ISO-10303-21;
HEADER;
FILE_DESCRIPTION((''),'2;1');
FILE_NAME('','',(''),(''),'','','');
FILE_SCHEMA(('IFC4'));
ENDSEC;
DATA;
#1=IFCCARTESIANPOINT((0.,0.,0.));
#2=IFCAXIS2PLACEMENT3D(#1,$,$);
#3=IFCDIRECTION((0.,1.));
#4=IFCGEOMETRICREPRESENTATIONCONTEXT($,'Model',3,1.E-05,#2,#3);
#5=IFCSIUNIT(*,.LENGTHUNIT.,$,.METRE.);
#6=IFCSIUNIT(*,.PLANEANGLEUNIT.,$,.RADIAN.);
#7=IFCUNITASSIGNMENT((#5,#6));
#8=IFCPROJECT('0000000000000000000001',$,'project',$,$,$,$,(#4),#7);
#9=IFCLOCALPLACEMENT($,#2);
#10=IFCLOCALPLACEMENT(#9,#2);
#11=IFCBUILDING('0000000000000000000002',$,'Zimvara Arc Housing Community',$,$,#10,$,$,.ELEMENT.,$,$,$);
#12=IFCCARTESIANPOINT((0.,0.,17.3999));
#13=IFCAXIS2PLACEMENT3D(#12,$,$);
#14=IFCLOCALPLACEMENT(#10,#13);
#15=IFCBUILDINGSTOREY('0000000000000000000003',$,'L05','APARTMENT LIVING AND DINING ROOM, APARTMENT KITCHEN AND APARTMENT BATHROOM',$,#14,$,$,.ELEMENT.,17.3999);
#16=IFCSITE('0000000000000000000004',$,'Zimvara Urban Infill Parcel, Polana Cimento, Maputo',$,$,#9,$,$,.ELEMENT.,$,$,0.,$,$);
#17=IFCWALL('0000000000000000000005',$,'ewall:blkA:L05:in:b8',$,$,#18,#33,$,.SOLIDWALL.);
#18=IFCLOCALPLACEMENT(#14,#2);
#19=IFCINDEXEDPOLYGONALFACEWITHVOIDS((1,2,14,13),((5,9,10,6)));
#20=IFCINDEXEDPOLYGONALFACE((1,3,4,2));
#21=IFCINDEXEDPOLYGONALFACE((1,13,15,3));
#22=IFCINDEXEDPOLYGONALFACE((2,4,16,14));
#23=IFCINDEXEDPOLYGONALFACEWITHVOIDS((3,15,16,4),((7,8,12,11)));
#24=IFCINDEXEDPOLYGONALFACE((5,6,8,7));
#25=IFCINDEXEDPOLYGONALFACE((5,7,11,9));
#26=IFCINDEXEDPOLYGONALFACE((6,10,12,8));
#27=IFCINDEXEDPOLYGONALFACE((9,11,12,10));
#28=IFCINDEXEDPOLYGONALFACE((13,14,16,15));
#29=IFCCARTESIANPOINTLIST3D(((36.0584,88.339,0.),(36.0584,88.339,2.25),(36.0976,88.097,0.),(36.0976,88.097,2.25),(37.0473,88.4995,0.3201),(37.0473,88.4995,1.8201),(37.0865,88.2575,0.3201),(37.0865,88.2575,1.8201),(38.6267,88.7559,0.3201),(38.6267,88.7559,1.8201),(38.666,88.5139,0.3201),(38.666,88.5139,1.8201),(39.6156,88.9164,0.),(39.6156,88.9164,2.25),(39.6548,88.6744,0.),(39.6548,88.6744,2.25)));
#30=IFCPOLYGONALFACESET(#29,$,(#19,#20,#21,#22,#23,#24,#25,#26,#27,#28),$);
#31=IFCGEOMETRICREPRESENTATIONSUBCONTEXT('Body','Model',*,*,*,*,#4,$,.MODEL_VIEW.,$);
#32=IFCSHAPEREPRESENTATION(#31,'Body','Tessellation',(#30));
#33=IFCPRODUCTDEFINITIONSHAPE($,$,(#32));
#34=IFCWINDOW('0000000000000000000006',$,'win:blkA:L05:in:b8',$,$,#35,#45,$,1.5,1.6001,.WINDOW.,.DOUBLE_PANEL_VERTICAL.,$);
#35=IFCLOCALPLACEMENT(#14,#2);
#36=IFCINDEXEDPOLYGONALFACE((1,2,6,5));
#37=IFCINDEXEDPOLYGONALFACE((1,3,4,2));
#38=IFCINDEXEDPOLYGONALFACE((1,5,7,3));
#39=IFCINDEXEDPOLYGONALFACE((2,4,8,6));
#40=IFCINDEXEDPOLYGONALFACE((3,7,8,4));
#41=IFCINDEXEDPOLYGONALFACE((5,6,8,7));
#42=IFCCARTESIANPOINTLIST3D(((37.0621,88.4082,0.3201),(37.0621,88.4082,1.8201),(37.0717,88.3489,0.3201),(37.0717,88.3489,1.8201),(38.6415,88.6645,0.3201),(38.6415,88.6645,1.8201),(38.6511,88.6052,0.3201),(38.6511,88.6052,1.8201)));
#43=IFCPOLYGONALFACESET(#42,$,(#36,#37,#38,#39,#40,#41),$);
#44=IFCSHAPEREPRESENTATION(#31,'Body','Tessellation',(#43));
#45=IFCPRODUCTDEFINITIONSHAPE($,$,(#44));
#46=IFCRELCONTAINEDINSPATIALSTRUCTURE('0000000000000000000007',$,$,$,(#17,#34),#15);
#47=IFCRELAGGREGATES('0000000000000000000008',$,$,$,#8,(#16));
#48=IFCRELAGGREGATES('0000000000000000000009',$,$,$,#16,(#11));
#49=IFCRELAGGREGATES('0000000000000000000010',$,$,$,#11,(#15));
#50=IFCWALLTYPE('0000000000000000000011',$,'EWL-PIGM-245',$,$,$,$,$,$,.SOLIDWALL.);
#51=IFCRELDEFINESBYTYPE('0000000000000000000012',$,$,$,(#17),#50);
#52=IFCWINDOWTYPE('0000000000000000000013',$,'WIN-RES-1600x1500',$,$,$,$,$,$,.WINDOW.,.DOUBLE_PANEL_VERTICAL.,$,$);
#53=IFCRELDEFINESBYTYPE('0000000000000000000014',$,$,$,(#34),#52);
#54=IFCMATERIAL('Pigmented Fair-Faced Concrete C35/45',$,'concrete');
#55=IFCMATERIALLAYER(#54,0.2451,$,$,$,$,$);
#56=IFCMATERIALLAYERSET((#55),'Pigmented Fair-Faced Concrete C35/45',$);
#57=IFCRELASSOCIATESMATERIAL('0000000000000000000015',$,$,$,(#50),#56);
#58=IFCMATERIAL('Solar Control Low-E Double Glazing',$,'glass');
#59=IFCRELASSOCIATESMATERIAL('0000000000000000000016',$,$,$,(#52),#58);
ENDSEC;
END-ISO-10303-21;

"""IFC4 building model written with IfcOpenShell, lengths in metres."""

from ifc_helpers import new_model, si_unit, direction, frame, frame_2d, origin, place, context, subcontext, project, spatial, rectangle, extrude, material, layer, layer_set, type_object, element, fill, save


model = new_model("IFC4")

# Units and contexts
model_context = context("Model", 3, precision=1e-05, world=origin(), true_north=direction((0.0, 1.0)))
body_context = subcontext(model_context, "Body", "Model", "MODEL_VIEW")
ifc_project = project(units=[si_unit("LENGTHUNIT", "METRE"), si_unit("PLANEANGLEUNIT", "RADIAN")], contexts=[model_context])

# Site, building, storey
site_placement = place(None, origin())
site = spatial("IfcSite", under=ifc_project, at=site_placement, Name="Zimvara Urban Infill Parcel, Polana Cimento, Maputo", CompositionType="ELEMENT", RefElevation=0.0)
building_placement = place(site_placement, origin())
building = spatial("IfcBuilding", under=site, at=building_placement, Name="Zimvara Arc Housing Community", CompositionType="ELEMENT")
storey_placement = place(building_placement, frame((0.0, 0.0, 17.3999)))
storey = spatial("IfcBuildingStorey", under=building, at=storey_placement, Name="L05", Description="APARTMENT LIVING AND DINING ROOM, APARTMENT KITCHEN AND APARTMENT BATHROOM", CompositionType="ELEMENT", Elevation=17.3999)

# Wall, opening, window
ifc_material_1 = material(Name="Pigmented Fair-Faced Concrete C35/45", Category="concrete")
ifc_layer_1 = layer(ifc_material_1, 0.2451)
ifc_layer_set_1 = layer_set([ifc_layer_1], Name="Pigmented Fair-Faced Concrete C35/45")
wall_type = type_object("IfcWallType", Name="EWL-PIGM-245", PredefinedType="SOLIDWALL", material=ifc_layer_set_1)
wall_placement = place(storey_placement, frame((36.0781, 88.218, 0.0), z_axis=(0.0, 0.0, 1.0), x_axis=(0.987081, 0.160223, 0.0)))
wall = element("IfcWall", 1, at=wall_placement, inside=storey, type_object=wall_type, Name="ewall:blkA:L05:in:b8", PredefinedType="SOLIDWALL", context=body_context, shape_type="SweptSolid", body=[
    extrude(rectangle(XDim=3.6038, YDim=0.2451, at=frame_2d((1.8018, 0.0))), origin(), (0.0, 0.0, 1.0), 2.25),
])
opening_placement = place(wall_placement, frame((1.0017, 0.0, 0.3201)))
opening = element("IfcOpeningElement", 2, at=opening_placement, cuts=wall, PredefinedType="OPENING", context=body_context, shape_type="SweptSolid", body=[
    extrude(rectangle(XDim=1.6001, YDim=1.5, at=frame_2d((0.8, 0.75))), frame((0.0, 0.1326, 0.0), z_axis=(0.0, -1.0, 0.0), x_axis=(1.0, 0.0, 0.0)), (0.0, 0.0, 1.0), 0.2651),
])
ifc_material_2 = material(Name="Solar Control Low-E Double Glazing", Category="glass")
window_type = type_object("IfcWindowType", Name="WIN-RES-1600x1500", PartitioningType="DOUBLE_PANEL_VERTICAL", PredefinedType="WINDOW", material=ifc_material_2)
window_placement = place(opening_placement, origin())
window = element("IfcWindow", 3, at=window_placement, inside=storey, type_object=window_type, Name="win:blkA:L05:in:b8", OverallHeight=1.5, OverallWidth=1.6001, PartitioningType="DOUBLE_PANEL_VERTICAL", PredefinedType="WINDOW", context=body_context, shape_type="SweptSolid", body=[
    extrude(rectangle(XDim=1.6001, YDim=1.5, at=frame_2d((0.8, 0.75))), frame((0.0, 0.03, 0.0), z_axis=(0.0, -1.0, 0.0), x_axis=(1.0, 0.0, 0.0)), (0.0, 0.0, 1.0), 0.0601),
])
fill(opening, window)

save(model, "model.ifc")
